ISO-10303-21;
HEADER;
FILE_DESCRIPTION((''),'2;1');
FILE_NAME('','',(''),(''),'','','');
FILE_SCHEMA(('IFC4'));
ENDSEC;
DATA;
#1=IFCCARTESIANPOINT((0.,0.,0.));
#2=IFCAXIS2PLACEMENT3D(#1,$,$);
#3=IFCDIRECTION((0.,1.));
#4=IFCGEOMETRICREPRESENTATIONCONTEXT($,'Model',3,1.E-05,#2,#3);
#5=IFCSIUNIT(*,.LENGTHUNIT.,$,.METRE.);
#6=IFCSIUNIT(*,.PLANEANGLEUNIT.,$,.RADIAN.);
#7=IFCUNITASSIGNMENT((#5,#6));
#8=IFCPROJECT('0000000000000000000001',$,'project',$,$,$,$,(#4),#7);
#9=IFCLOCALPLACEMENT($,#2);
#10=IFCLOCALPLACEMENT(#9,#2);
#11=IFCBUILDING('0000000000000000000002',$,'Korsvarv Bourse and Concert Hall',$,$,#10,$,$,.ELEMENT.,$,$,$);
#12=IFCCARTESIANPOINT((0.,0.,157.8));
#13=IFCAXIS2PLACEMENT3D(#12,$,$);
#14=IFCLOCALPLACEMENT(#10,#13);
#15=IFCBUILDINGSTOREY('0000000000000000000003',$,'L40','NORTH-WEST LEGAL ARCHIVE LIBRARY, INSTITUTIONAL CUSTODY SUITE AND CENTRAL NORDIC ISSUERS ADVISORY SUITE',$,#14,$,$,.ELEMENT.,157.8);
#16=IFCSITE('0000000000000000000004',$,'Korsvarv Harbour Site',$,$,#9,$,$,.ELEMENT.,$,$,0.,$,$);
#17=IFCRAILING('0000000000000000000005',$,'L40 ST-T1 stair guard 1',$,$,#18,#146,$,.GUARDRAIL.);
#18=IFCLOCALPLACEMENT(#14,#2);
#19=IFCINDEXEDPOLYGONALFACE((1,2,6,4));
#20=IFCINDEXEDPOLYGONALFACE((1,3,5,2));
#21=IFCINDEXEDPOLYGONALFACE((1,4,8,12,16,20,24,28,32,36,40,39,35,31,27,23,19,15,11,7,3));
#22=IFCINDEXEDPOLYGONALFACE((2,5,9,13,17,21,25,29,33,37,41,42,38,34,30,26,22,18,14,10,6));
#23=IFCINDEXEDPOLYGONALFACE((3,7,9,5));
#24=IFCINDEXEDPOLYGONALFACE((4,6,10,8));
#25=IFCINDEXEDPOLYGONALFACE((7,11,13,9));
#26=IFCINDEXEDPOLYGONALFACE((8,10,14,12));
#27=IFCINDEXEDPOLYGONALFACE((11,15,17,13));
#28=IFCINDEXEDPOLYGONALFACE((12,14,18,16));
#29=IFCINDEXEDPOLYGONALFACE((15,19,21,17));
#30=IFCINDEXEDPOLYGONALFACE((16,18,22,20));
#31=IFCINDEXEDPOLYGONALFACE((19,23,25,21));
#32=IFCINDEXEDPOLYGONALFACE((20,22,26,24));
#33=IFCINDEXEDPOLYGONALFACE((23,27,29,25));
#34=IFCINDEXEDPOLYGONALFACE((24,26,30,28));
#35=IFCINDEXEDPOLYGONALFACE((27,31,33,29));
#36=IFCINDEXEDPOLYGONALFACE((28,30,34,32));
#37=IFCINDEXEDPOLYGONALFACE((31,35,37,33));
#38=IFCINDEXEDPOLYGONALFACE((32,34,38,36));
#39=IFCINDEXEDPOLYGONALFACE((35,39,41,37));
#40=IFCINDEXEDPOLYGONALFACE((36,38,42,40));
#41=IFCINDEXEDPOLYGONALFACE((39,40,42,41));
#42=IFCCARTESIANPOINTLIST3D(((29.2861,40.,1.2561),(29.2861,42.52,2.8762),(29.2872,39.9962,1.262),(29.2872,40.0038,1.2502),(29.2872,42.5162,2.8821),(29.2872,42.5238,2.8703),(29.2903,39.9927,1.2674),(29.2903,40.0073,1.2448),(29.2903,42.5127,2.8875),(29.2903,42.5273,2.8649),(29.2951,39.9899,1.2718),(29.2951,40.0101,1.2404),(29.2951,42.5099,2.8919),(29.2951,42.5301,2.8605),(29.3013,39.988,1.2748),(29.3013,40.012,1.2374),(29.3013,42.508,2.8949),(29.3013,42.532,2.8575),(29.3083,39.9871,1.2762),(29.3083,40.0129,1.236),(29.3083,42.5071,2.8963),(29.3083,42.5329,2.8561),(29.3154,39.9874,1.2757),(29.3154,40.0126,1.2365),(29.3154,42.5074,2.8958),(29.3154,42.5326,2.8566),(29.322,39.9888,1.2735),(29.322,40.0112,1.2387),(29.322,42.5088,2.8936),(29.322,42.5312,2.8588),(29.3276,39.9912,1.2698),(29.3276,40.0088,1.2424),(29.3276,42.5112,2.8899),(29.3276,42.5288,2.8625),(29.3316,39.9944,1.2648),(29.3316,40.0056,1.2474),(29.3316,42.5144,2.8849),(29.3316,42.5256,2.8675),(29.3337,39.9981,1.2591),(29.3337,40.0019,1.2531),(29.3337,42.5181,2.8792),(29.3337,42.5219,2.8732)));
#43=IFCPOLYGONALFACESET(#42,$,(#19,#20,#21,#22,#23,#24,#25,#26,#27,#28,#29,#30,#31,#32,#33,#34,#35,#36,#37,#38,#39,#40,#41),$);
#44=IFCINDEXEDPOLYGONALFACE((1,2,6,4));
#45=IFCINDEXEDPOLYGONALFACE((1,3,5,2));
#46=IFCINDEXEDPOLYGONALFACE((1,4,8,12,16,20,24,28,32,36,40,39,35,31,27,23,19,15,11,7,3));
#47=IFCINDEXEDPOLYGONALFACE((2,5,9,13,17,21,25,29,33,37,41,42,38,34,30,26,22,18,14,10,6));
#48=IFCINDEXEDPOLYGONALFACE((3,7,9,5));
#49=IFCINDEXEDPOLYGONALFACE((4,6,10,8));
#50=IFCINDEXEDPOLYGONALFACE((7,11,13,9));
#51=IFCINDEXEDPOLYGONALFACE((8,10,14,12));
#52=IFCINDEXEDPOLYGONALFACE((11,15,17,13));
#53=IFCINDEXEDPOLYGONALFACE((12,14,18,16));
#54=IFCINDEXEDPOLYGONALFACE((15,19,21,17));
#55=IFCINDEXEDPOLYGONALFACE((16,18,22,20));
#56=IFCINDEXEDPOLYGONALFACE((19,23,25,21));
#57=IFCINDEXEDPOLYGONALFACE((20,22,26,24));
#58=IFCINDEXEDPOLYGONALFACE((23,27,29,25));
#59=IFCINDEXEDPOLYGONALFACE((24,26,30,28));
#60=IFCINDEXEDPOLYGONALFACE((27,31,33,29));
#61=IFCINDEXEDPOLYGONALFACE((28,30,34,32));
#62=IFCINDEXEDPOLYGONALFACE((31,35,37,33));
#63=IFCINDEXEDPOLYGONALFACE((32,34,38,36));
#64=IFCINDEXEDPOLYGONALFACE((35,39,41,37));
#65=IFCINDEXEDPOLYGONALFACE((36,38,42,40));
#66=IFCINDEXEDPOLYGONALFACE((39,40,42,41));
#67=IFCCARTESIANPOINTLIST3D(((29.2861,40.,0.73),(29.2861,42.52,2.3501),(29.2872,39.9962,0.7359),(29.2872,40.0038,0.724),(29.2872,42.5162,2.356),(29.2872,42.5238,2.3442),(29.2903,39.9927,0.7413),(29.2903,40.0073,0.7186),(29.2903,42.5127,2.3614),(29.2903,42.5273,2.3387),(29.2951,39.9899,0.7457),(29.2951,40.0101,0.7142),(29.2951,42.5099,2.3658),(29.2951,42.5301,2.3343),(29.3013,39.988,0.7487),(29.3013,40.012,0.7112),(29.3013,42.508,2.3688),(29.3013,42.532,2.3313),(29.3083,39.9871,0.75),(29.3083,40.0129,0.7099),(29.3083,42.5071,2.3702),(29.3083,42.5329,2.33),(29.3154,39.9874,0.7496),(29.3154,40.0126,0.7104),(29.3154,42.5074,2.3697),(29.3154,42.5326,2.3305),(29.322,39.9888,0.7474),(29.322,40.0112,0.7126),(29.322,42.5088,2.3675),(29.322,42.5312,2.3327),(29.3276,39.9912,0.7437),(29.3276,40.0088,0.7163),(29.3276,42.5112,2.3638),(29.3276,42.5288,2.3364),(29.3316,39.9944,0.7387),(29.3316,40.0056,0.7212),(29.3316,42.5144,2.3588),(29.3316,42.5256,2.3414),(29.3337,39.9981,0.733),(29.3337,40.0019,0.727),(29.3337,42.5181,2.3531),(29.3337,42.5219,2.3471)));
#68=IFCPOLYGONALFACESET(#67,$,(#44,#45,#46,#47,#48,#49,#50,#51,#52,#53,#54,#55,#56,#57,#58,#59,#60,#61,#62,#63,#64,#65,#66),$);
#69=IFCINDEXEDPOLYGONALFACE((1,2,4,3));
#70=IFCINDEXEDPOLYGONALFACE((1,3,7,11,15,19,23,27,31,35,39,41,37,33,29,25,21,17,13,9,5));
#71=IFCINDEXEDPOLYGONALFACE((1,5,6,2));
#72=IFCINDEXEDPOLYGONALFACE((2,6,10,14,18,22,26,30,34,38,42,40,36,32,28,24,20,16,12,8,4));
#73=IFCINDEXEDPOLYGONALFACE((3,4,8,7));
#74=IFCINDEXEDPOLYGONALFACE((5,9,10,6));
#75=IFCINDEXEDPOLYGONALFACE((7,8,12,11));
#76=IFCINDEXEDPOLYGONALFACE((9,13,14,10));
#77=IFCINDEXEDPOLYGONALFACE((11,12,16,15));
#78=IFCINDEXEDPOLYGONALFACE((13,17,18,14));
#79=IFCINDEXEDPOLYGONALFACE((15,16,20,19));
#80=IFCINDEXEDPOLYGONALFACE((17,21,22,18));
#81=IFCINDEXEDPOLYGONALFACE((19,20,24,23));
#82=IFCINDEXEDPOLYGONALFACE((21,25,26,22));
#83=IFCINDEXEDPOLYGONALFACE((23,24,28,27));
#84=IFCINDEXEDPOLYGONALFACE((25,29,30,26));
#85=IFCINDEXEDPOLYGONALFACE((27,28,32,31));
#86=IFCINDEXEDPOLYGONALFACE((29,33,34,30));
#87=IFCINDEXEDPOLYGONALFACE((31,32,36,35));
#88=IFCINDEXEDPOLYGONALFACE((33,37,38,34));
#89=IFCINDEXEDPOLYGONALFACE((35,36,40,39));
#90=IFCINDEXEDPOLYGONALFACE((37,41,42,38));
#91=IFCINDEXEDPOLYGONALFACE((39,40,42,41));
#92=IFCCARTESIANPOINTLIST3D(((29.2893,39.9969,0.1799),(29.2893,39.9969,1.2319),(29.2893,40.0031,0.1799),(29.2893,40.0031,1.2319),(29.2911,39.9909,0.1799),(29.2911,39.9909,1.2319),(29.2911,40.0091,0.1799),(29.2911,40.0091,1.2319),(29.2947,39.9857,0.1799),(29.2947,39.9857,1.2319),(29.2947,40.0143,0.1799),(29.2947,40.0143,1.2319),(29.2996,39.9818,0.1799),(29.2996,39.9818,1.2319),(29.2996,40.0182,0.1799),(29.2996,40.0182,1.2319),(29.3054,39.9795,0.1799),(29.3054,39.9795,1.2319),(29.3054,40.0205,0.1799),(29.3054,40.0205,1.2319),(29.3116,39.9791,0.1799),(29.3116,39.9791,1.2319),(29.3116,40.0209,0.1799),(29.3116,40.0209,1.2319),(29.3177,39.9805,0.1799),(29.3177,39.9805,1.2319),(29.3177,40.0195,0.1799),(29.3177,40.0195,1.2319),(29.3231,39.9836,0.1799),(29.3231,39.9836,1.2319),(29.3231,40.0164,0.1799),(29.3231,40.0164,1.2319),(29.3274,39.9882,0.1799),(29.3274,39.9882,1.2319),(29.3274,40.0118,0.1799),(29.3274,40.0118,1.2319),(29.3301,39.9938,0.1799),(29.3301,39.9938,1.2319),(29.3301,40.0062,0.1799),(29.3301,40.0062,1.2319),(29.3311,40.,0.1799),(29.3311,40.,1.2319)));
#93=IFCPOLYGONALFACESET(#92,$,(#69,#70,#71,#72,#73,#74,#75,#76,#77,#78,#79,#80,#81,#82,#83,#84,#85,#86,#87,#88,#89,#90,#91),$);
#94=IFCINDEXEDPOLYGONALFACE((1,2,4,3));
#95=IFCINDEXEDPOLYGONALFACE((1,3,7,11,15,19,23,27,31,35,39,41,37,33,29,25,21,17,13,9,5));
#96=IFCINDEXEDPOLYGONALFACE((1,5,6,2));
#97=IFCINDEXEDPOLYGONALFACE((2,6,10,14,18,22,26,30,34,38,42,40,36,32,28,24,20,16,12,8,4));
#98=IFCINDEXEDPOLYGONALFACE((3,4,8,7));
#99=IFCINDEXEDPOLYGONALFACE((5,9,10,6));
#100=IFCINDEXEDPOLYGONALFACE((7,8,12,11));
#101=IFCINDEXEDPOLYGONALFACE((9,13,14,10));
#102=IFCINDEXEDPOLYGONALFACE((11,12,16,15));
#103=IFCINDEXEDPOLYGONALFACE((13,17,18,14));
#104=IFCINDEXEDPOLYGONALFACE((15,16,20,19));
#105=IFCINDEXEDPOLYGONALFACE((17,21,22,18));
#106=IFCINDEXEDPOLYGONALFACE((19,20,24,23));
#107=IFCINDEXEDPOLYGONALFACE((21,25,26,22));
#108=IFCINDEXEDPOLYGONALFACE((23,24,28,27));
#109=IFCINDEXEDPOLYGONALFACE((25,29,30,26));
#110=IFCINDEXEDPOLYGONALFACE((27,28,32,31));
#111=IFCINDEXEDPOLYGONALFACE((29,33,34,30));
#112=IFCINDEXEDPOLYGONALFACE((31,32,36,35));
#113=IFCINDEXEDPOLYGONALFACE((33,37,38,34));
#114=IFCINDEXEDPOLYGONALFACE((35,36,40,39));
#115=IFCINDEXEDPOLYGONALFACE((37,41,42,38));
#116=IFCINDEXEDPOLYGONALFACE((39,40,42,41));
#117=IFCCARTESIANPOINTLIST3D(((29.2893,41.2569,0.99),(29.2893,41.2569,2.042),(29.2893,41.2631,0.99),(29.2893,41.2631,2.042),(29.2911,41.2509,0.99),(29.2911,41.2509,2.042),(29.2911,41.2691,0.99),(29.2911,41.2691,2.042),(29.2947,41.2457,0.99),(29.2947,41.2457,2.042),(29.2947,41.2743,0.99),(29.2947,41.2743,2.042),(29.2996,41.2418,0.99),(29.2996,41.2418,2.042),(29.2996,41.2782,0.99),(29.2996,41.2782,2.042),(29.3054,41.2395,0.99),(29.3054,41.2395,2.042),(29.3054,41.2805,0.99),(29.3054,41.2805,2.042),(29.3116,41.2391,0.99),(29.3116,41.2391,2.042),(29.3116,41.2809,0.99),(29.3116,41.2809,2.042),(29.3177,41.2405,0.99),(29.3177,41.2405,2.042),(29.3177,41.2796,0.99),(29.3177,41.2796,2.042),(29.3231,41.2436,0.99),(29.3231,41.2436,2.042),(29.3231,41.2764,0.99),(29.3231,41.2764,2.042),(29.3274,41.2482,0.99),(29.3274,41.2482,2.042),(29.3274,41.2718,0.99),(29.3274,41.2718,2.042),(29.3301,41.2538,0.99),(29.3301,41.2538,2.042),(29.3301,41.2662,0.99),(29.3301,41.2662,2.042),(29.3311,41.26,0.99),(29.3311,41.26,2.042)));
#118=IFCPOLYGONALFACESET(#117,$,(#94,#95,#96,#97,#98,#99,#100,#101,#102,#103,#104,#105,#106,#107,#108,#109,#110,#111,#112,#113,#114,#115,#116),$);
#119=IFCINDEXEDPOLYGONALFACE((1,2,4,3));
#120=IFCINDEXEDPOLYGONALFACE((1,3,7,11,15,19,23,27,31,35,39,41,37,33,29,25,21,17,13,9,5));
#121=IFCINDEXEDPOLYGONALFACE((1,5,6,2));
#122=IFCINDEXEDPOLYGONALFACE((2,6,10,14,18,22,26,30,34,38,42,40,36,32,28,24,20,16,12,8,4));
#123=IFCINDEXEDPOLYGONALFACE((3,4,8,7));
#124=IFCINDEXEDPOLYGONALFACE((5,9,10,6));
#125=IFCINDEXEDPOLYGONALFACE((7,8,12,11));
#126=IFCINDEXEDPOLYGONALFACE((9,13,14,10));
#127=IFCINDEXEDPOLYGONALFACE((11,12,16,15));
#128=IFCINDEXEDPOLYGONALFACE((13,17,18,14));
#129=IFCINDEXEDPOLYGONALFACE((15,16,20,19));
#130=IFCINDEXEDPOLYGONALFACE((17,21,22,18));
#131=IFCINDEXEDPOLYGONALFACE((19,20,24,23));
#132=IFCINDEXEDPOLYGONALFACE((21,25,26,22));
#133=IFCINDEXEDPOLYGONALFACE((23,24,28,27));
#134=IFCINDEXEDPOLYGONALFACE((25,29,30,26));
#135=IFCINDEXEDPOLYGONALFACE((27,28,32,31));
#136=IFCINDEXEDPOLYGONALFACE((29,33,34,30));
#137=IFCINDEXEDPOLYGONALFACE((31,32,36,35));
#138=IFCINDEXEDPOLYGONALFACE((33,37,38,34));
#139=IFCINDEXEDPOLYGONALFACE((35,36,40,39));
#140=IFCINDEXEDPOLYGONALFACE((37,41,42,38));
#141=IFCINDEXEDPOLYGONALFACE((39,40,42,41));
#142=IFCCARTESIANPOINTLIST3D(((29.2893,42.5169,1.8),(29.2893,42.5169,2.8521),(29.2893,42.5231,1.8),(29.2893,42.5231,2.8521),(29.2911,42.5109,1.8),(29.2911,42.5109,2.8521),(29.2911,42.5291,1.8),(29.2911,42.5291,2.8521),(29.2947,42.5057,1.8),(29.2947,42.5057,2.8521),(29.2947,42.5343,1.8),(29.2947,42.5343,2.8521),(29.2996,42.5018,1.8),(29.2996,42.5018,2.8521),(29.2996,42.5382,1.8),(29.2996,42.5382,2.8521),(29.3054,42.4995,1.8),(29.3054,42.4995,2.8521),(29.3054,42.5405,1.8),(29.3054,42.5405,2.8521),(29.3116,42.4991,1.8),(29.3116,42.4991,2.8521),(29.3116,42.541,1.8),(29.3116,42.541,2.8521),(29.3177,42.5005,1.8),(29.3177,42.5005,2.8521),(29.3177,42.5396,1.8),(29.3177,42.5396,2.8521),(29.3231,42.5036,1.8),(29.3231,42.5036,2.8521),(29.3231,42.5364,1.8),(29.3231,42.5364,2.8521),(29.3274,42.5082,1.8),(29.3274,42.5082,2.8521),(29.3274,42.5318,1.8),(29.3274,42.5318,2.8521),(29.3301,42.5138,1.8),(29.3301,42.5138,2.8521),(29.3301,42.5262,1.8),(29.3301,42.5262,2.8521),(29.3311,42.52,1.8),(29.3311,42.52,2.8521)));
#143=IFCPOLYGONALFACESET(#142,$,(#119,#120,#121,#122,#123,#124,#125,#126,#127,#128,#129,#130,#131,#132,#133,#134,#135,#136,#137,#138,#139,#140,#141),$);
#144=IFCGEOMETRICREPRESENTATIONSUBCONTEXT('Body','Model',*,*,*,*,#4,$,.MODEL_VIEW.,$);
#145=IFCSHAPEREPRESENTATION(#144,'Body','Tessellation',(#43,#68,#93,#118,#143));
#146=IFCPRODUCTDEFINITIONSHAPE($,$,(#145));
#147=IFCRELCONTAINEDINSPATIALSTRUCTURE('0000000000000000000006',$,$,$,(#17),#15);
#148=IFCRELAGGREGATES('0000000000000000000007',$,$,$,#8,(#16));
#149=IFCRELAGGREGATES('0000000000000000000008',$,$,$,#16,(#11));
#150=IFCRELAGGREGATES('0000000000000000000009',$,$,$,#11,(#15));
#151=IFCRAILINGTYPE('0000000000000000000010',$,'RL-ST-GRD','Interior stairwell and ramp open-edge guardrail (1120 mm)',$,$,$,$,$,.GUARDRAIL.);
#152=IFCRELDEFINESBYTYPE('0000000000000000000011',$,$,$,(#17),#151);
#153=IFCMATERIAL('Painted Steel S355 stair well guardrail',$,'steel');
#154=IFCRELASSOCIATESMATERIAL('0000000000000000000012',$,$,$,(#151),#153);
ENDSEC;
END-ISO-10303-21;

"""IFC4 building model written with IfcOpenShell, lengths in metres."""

from ifc_helpers import new_model, si_unit, direction, frame, origin, origin_2d, place, context, subcontext, project, spatial, circle, extrude, material, type_object, element, save


model = new_model("IFC4")

# Units and contexts
model_context = context("Model", 3, precision=1e-05, world=origin(), true_north=direction((0.0, 1.0)))
body_context = subcontext(model_context, "Body", "Model", "MODEL_VIEW")
ifc_project = project(units=[si_unit("LENGTHUNIT", "METRE"), si_unit("PLANEANGLEUNIT", "RADIAN")], contexts=[model_context])

# Site, building, storey
site_placement = place(None, origin())
site = spatial("IfcSite", under=ifc_project, at=site_placement, Name="Korsvarv Harbour Site", CompositionType="ELEMENT", RefElevation=0.0)
building_placement = place(site_placement, origin())
building = spatial("IfcBuilding", under=site, at=building_placement, Name="Korsvarv Bourse and Concert Hall", CompositionType="ELEMENT")
storey_placement = place(building_placement, frame((0.0, 0.0, 157.8)))
storey = spatial("IfcBuildingStorey", under=building, at=storey_placement, Name="L40", Description="NORTH-WEST LEGAL ARCHIVE LIBRARY, INSTITUTIONAL CUSTODY SUITE AND CENTRAL NORDIC ISSUERS ADVISORY SUITE", CompositionType="ELEMENT", Elevation=157.8)

# Railing
ifc_material_1 = material(Name="Painted Steel S355 stair well guardrail", Category="steel")
railing_type_1 = type_object("IfcRailingType", Name="RL-ST-GRD", Description="Interior stairwell and ramp open-edge guardrail (1120 mm)", PredefinedType="GUARDRAIL", material=ifc_material_1)
railing_1_placement = place(storey_placement, frame((29.3101, 40.0, 0.1799)))
element("IfcRailing", 1, at=railing_1_placement, inside=storey, type_object=railing_type_1, Name="L40 ST-T1 stair guard 1", PredefinedType="GUARDRAIL", context=body_context, shape_type="SweptSolid", body=[
    extrude(circle(Radius=0.0239, at=origin_2d()), frame((0.0, 0.0, 1.0762), z_axis=(0.0, 0.841163, 0.540782), x_axis=(-1.0, 0.0, 0.0)), (0.0, 0.0, 1.0), 2.9958),
    extrude(circle(Radius=0.0239, at=origin_2d()), frame((0.0, 0.0, 0.55), z_axis=(0.0, 0.841163, 0.540782), x_axis=(-1.0, 0.0, 0.0)), (0.0, 0.0, 1.0), 2.9958),
    extrude(circle(Radius=0.021, at=origin_2d()), origin(), (0.0, 0.0, 1.0), 1.052),
    extrude(circle(Radius=0.021, at=origin_2d()), frame((0.0, 1.26, 0.8101)), (0.0, 0.0, 1.0), 1.052),
    extrude(circle(Radius=0.021, at=origin_2d()), frame((0.0, 2.52, 1.6201)), (0.0, 0.0, 1.0), 1.052),
])

save(model, "model.ifc")
